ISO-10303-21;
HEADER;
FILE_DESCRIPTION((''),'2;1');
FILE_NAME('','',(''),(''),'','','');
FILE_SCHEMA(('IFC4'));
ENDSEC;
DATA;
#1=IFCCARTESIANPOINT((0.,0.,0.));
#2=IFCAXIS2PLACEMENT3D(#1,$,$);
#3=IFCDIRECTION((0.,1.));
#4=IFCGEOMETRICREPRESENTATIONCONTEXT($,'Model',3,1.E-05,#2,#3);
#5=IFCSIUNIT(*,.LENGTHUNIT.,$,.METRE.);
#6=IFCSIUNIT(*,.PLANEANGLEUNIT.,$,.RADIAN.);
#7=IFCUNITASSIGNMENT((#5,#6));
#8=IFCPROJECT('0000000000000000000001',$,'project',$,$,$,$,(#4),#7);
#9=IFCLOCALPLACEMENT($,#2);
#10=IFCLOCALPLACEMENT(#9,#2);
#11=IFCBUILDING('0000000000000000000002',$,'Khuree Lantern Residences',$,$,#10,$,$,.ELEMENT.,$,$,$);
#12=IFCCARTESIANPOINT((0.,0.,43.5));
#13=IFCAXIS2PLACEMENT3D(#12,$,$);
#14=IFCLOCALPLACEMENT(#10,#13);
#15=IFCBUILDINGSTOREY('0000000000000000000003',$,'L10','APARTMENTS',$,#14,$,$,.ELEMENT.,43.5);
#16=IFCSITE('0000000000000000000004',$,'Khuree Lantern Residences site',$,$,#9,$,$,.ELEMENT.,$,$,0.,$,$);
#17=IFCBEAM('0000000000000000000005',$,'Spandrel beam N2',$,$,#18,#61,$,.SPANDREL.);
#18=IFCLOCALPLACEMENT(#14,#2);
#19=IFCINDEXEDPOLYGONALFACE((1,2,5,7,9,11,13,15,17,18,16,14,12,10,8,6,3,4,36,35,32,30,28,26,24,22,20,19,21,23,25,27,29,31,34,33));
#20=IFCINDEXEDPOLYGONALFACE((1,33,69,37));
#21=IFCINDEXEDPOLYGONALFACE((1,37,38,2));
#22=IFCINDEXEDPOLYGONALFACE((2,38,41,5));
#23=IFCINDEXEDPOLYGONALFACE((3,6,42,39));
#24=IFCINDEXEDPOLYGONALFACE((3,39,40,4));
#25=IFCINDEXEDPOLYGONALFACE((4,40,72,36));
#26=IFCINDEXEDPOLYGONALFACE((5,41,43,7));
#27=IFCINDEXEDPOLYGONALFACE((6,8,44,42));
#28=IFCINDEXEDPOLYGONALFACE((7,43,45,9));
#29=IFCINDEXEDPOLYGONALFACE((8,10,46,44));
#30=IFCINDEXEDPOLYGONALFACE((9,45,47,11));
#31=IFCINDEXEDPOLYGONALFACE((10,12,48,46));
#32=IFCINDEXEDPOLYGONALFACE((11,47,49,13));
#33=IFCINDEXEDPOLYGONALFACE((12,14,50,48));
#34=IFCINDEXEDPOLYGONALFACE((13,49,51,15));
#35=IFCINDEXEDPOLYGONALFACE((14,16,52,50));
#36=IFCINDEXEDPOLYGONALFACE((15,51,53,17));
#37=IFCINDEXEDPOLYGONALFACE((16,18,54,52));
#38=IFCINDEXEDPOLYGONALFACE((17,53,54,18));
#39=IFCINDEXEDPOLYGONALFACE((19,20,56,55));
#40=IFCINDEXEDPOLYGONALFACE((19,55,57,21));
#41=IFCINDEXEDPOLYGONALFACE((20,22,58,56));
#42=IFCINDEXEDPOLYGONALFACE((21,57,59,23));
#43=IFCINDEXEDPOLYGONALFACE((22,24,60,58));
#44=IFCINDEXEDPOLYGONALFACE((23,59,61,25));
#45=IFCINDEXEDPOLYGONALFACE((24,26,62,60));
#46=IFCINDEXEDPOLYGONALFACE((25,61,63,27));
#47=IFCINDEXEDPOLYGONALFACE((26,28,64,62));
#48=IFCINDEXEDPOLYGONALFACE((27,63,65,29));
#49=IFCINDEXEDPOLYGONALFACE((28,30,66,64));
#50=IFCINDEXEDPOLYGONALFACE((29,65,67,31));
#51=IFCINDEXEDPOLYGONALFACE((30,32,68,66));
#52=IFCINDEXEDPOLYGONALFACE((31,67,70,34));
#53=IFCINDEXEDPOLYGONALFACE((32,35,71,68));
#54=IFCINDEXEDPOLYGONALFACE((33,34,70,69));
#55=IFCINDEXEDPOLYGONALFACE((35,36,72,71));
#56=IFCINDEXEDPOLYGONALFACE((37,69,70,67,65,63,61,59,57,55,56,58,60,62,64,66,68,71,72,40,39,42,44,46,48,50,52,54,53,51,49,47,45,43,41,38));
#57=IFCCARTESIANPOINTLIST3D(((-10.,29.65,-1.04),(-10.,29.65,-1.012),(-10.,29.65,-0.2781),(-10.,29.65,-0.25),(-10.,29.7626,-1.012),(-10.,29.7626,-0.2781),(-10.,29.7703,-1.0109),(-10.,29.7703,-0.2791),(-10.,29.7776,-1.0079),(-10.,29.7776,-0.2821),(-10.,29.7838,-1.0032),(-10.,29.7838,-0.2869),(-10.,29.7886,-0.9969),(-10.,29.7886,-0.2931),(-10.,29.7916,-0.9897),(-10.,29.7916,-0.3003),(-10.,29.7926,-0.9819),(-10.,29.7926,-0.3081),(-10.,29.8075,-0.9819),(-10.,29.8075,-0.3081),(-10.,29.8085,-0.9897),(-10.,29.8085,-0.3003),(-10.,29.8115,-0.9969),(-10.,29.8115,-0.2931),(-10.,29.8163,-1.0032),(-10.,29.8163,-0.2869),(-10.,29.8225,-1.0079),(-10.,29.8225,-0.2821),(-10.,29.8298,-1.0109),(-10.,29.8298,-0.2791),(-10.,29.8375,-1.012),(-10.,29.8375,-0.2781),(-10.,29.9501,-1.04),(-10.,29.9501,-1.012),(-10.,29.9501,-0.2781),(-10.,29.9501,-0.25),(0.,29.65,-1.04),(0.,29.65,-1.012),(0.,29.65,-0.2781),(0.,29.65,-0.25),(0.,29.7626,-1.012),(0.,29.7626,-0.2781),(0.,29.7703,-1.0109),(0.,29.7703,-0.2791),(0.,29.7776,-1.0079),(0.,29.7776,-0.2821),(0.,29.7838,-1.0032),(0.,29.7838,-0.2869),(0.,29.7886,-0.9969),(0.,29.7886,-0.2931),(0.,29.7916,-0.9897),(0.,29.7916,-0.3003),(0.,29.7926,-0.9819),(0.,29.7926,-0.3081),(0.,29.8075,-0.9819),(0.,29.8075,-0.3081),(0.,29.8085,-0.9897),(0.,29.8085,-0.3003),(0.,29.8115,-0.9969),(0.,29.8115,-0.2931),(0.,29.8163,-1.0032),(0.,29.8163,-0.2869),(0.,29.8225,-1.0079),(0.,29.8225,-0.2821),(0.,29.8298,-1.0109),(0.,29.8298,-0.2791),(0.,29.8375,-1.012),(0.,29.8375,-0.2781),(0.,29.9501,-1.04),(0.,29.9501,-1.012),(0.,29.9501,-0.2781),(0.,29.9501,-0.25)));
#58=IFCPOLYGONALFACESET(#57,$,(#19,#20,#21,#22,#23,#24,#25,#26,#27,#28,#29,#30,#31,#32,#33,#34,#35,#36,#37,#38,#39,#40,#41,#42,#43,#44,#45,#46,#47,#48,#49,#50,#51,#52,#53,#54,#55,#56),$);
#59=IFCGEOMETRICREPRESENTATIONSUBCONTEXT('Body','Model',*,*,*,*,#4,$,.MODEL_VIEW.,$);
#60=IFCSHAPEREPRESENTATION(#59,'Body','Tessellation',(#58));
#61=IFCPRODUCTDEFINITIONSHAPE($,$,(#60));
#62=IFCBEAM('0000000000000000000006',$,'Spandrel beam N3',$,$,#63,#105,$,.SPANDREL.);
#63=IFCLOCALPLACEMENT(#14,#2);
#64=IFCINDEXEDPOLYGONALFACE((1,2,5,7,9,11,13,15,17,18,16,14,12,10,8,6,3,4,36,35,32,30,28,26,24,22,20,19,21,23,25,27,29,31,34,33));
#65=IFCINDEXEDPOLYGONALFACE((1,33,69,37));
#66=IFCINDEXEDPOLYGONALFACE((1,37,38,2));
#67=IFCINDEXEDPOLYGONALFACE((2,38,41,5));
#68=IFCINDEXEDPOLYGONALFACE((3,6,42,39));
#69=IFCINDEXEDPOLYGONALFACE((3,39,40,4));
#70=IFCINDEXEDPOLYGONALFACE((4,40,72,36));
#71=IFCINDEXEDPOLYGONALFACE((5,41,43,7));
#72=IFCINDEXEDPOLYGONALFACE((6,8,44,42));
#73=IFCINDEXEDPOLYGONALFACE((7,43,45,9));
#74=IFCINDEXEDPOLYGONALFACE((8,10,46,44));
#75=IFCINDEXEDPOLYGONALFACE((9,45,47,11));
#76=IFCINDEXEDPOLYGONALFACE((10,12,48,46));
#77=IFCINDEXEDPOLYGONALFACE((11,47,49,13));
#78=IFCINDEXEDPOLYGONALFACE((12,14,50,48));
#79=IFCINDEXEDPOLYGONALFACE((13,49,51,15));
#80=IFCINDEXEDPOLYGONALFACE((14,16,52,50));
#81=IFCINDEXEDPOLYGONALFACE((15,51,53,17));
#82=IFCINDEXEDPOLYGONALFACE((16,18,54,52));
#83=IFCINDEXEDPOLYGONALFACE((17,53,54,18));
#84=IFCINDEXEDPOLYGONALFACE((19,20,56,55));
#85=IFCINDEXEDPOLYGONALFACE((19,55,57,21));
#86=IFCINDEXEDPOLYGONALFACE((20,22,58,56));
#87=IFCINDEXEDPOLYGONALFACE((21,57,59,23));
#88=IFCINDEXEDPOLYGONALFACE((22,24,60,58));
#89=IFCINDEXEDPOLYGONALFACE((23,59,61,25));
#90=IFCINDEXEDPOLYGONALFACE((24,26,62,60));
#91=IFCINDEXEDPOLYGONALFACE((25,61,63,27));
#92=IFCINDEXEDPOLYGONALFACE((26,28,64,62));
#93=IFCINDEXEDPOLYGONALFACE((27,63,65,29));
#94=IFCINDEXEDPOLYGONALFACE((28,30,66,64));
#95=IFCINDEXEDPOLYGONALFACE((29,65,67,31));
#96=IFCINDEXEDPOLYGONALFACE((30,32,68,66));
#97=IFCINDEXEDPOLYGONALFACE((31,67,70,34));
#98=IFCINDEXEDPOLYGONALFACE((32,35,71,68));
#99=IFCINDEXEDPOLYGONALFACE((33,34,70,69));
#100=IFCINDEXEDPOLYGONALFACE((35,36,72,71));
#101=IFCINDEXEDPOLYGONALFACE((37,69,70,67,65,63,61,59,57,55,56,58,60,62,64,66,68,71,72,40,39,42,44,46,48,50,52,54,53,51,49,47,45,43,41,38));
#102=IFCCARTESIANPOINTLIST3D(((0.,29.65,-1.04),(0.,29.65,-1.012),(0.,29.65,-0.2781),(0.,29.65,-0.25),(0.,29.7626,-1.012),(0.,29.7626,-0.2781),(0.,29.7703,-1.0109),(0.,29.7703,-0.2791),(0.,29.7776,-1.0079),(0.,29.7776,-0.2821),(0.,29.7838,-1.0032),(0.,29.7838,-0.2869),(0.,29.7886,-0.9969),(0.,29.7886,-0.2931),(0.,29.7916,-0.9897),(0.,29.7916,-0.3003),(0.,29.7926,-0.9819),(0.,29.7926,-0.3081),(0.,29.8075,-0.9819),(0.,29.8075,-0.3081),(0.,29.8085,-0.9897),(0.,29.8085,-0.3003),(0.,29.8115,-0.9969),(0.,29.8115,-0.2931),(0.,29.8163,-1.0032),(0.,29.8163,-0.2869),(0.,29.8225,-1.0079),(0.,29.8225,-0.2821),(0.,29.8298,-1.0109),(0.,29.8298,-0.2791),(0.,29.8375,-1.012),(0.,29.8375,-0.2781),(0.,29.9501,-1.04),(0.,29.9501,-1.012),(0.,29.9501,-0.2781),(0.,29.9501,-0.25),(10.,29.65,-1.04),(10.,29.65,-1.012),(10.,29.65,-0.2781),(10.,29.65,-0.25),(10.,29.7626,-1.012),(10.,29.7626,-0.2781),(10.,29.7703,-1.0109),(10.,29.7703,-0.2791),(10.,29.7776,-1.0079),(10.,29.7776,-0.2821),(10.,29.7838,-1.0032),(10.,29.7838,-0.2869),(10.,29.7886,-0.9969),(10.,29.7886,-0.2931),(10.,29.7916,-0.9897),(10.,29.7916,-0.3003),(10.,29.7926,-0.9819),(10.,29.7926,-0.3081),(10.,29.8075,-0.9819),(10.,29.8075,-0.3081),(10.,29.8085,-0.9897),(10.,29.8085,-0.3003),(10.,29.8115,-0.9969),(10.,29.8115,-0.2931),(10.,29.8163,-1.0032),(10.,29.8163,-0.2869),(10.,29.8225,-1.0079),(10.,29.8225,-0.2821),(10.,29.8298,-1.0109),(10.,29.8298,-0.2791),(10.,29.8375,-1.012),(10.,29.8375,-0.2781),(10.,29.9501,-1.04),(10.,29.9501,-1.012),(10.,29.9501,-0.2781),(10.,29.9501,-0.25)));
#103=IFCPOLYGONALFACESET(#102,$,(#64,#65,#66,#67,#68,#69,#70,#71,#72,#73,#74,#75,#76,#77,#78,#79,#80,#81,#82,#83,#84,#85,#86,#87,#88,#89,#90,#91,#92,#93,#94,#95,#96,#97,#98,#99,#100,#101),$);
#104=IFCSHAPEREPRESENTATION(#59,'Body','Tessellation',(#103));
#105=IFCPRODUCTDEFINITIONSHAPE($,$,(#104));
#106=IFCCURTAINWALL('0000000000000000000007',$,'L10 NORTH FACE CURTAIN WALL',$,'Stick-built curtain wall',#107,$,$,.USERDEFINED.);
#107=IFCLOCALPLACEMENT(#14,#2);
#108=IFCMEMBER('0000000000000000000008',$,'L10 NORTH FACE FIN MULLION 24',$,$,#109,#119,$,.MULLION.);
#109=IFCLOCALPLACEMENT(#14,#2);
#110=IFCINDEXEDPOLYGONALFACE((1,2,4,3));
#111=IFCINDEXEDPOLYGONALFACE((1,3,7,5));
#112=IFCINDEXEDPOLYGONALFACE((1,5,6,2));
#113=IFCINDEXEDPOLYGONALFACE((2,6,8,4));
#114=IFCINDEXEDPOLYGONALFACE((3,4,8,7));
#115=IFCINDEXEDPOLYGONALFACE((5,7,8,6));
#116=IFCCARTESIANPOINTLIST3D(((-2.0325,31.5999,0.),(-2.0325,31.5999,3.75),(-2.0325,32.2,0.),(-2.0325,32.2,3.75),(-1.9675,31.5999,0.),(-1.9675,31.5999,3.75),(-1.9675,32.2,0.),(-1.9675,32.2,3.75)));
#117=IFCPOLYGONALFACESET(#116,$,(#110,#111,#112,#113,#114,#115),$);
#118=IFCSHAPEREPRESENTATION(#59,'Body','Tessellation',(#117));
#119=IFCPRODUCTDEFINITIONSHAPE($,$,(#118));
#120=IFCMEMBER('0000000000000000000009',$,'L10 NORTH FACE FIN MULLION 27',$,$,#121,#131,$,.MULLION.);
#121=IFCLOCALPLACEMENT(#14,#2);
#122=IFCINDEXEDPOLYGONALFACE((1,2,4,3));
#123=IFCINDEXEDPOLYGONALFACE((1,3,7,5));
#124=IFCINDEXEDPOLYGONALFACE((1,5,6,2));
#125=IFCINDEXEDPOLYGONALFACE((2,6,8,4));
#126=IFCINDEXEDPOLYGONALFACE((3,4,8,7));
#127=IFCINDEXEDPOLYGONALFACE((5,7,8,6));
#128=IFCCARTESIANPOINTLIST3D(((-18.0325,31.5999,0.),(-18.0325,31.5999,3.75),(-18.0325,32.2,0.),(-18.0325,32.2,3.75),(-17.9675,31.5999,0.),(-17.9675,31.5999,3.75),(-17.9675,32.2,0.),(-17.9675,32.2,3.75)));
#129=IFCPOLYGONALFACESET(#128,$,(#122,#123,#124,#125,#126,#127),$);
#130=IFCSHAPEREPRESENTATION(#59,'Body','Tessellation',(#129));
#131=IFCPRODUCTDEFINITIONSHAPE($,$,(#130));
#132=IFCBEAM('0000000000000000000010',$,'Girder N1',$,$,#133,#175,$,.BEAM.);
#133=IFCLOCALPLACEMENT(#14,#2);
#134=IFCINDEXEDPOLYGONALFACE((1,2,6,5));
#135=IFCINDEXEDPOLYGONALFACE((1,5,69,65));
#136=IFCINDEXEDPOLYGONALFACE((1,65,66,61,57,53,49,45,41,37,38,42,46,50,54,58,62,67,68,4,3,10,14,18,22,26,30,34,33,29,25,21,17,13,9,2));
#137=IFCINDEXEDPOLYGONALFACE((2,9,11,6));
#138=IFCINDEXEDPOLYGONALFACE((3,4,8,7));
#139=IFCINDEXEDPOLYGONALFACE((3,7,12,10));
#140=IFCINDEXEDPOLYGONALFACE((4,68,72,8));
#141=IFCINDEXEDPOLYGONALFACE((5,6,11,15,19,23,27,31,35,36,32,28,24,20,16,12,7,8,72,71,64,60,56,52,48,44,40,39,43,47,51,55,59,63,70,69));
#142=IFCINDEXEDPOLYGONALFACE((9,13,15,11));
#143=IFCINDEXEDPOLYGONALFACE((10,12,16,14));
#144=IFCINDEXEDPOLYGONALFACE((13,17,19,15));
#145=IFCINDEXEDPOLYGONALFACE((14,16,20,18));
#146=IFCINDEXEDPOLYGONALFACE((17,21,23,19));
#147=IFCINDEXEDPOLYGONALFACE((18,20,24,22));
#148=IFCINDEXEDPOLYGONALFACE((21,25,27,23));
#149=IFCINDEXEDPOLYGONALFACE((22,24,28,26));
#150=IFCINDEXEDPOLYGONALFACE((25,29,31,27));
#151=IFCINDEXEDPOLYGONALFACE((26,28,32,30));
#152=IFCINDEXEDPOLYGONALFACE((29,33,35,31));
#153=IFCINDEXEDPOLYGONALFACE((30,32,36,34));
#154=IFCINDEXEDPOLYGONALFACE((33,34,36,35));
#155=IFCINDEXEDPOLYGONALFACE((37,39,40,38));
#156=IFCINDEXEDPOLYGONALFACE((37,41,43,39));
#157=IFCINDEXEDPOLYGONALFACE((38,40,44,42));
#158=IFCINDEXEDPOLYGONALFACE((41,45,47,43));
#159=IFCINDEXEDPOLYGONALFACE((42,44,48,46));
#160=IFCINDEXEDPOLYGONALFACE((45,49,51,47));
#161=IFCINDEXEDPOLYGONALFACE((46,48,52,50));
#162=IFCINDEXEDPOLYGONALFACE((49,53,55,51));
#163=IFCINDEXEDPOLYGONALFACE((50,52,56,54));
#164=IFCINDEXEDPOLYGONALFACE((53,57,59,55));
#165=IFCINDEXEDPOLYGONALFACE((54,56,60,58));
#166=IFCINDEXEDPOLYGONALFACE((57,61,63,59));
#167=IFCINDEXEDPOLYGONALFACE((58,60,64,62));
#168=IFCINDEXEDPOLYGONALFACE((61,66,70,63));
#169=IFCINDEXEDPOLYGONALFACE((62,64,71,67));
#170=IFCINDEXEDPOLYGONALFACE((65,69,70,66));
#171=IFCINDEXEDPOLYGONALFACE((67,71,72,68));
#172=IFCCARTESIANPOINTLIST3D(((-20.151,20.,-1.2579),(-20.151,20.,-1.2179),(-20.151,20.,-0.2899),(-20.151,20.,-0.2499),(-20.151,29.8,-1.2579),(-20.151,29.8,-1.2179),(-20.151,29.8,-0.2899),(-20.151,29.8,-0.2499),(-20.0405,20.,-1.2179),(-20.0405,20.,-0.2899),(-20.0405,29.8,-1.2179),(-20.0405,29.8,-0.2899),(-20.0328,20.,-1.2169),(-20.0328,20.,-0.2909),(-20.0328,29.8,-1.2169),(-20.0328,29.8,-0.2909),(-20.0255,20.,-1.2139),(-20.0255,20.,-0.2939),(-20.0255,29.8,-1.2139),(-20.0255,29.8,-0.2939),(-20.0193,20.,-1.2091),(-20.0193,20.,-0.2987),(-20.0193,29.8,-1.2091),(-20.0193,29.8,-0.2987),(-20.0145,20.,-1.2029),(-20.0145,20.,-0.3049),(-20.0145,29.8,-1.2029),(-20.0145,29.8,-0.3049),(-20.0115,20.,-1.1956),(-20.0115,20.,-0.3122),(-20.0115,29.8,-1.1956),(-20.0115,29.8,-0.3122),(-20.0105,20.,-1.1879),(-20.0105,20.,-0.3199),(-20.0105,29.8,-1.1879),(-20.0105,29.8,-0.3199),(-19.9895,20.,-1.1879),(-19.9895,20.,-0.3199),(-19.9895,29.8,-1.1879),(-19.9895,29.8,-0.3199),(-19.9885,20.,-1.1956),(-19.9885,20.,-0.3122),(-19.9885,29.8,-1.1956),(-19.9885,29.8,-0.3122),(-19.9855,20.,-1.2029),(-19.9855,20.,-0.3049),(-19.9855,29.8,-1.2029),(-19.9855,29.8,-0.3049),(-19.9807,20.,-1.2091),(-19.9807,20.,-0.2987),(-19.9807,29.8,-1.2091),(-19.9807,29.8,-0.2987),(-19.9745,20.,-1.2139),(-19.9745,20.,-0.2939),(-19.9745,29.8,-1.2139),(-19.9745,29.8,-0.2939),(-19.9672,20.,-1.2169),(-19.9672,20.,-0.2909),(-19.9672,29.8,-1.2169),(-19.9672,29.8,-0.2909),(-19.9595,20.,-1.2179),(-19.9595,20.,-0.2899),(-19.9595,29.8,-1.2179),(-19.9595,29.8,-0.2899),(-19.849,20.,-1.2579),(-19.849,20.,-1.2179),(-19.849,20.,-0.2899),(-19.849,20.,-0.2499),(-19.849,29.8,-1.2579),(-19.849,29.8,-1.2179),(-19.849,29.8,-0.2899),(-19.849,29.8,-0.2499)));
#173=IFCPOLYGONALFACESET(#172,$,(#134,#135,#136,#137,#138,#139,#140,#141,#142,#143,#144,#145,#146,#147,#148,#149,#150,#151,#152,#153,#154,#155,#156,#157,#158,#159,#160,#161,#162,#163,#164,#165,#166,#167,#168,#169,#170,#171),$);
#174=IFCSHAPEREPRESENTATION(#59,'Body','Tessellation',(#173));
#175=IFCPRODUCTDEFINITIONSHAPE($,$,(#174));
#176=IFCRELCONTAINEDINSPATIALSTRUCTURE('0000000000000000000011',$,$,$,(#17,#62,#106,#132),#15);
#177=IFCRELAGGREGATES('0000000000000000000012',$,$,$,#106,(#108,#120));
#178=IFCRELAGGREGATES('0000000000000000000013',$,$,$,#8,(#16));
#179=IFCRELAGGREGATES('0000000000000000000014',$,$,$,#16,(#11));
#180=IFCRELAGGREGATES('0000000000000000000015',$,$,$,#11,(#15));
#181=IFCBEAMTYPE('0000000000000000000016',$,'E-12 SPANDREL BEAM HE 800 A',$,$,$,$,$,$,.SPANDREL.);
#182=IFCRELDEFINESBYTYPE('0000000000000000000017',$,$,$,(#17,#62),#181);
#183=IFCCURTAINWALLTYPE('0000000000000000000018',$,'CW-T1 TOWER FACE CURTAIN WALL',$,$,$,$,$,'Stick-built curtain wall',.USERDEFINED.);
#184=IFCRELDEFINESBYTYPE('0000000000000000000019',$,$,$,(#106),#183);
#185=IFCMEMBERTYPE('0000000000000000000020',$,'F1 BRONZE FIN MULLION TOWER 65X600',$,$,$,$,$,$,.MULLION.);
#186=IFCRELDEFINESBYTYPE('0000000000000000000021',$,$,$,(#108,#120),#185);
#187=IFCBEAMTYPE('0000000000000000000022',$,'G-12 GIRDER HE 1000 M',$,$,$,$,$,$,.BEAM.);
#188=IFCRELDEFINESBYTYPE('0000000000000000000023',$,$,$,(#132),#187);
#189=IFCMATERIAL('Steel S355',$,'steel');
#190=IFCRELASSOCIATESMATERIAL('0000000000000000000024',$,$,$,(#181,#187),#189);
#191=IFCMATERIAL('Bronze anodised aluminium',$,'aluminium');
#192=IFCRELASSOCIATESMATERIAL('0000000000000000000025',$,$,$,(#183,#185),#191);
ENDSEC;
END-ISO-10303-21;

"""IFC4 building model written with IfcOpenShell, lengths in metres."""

from ifc_helpers import new_model, si_unit, direction, frame, origin, origin_2d, place, context, subcontext, project, spatial, rectangle, i_section, extrude, material, material_profile, profile_set, type_object, element, aggregate, save


model = new_model("IFC4")

# Units and contexts
model_context = context("Model", 3, precision=1e-05, world=origin(), true_north=direction((0.0, 1.0)))
body_context = subcontext(model_context, "Body", "Model", "MODEL_VIEW")
ifc_project = project(units=[si_unit("LENGTHUNIT", "METRE"), si_unit("PLANEANGLEUNIT", "RADIAN")], contexts=[model_context])

# Site, building, storey
site_placement = place(None, origin())
site = spatial("IfcSite", under=ifc_project, at=site_placement, Name="Khuree Lantern Residences site", CompositionType="ELEMENT", RefElevation=0.0)
building_placement = place(site_placement, origin())
building = spatial("IfcBuilding", under=site, at=building_placement, Name="Khuree Lantern Residences", CompositionType="ELEMENT")
storey_placement = place(building_placement, frame((0.0, 0.0, 43.5)))
storey = spatial("IfcBuildingStorey", under=building, at=storey_placement, Name="L10", Description="APARTMENTS", CompositionType="ELEMENT", Elevation=43.5)

# Beams
ifc_material_1 = material(Name="Steel S355", Category="steel")
ifc_material_profile_1 = material_profile(ifc_material_1, i_section(OverallWidth=0.3, OverallDepth=0.79, WebThickness=0.0149, FlangeThickness=0.0281, FilletRadius=0.03, at=origin_2d()), Name="HE 800 A")
ifc_profile_set_1 = profile_set([ifc_material_profile_1], Name="Steel S355")
beam_type_1 = type_object("IfcBeamType", Name="E-12 SPANDREL BEAM HE 800 A", PredefinedType="SPANDREL", material=ifc_profile_set_1)
for number, where, z_axis, x_axis, name in (
    (1, (-10.0, 29.8, -0.645), (1.0, 0.0, 0.0), (0.0, 1.0, 0.0), "Spandrel beam N2"),
    (2, (0.0, 29.8, -0.645), (1.0, 0.0, 0.0), (0.0, 1.0, 0.0), "Spandrel beam N3"),
):
    element("IfcBeam", number, at=place(storey_placement, frame(where, z_axis=z_axis, x_axis=x_axis)), inside=storey, type_object=beam_type_1, Name=name, PredefinedType="SPANDREL", context=body_context, shape_type="SweptSolid", body=[
        extrude(i_section(OverallWidth=0.3, OverallDepth=0.79, WebThickness=0.0149, FlangeThickness=0.0281, FilletRadius=0.03, at=origin_2d()), origin(), (0.0, 0.0, 1.0), 10.0),
    ])

# Curtain wall, members
ifc_material_2 = material(Name="Bronze anodised aluminium", Category="aluminium")
curtain_wall_type = type_object("IfcCurtainWallType", Name="CW-T1 TOWER FACE CURTAIN WALL", ElementType="Stick-built curtain wall", PredefinedType="USERDEFINED", material=ifc_material_2)
curtain_wall_placement = place(storey_placement, origin())
curtain_wall = element("IfcCurtainWall", 3, at=curtain_wall_placement, inside=storey, type_object=curtain_wall_type, Name="L10 NORTH FACE CURTAIN WALL", ObjectType="Stick-built curtain wall", PredefinedType="USERDEFINED")
ifc_material_profile_2 = material_profile(ifc_material_2, rectangle(XDim=0.0649, YDim=0.6001, at=origin_2d()), Name="F1 65X600")
ifc_profile_set_2 = profile_set([ifc_material_profile_2], Name="Bronze anodised aluminium")
member_type_1 = type_object("IfcMemberType", Name="F1 BRONZE FIN MULLION TOWER 65X600", PredefinedType="MULLION", material=ifc_profile_set_2)
member_1_placement = place(storey_placement, frame((-2.0, 31.8999, 0.0), z_axis=(0.0, 0.0, 1.0), x_axis=(-1.0, 0.0, 0.0)))
member_1 = element("IfcMember", 4, at=member_1_placement, type_object=member_type_1, Name="L10 NORTH FACE FIN MULLION 24", PredefinedType="MULLION", context=body_context, shape_type="SweptSolid", body=[
    extrude(rectangle(XDim=0.0649, YDim=0.6001, at=origin_2d()), origin(), (0.0, 0.0, 1.0), 3.75),
])
member_2_placement = place(storey_placement, frame((-18.0, 31.8999, 0.0), z_axis=(0.0, 0.0, 1.0), x_axis=(-1.0, 0.0, 0.0)))
member_2 = element("IfcMember", 5, at=member_2_placement, type_object=member_type_1, Name="L10 NORTH FACE FIN MULLION 27", PredefinedType="MULLION", context=body_context, shape_type="SweptSolid", body=[
    extrude(rectangle(XDim=0.0649, YDim=0.6001, at=origin_2d()), origin(), (0.0, 0.0, 1.0), 3.75),
])

# Beam
ifc_material_profile_3 = material_profile(ifc_material_1, i_section(OverallWidth=0.302, OverallDepth=1.0081, WebThickness=0.021, FlangeThickness=0.04, FilletRadius=0.03, at=origin_2d()), Name="HE 1000 M")
ifc_profile_set_3 = profile_set([ifc_material_profile_3], Name="Steel S355")
beam_type_2 = type_object("IfcBeamType", Name="G-12 GIRDER HE 1000 M", PredefinedType="BEAM", material=ifc_profile_set_3)
beam_placement = place(storey_placement, frame((-20.0, 29.8, -0.7539), z_axis=(0.0, -1.0, 0.0), x_axis=(1.0, 0.0, 0.0)))
element("IfcBeam", 6, at=beam_placement, inside=storey, type_object=beam_type_2, Name="Girder N1", PredefinedType="BEAM", context=body_context, shape_type="SweptSolid", body=[
    extrude(i_section(OverallWidth=0.302, OverallDepth=1.0081, WebThickness=0.021, FlangeThickness=0.04, FilletRadius=0.03, at=origin_2d()), origin(), (0.0, 0.0, 1.0), 9.8),
])

aggregate(curtain_wall, [member_1, member_2])

save(model, "model.ifc")
